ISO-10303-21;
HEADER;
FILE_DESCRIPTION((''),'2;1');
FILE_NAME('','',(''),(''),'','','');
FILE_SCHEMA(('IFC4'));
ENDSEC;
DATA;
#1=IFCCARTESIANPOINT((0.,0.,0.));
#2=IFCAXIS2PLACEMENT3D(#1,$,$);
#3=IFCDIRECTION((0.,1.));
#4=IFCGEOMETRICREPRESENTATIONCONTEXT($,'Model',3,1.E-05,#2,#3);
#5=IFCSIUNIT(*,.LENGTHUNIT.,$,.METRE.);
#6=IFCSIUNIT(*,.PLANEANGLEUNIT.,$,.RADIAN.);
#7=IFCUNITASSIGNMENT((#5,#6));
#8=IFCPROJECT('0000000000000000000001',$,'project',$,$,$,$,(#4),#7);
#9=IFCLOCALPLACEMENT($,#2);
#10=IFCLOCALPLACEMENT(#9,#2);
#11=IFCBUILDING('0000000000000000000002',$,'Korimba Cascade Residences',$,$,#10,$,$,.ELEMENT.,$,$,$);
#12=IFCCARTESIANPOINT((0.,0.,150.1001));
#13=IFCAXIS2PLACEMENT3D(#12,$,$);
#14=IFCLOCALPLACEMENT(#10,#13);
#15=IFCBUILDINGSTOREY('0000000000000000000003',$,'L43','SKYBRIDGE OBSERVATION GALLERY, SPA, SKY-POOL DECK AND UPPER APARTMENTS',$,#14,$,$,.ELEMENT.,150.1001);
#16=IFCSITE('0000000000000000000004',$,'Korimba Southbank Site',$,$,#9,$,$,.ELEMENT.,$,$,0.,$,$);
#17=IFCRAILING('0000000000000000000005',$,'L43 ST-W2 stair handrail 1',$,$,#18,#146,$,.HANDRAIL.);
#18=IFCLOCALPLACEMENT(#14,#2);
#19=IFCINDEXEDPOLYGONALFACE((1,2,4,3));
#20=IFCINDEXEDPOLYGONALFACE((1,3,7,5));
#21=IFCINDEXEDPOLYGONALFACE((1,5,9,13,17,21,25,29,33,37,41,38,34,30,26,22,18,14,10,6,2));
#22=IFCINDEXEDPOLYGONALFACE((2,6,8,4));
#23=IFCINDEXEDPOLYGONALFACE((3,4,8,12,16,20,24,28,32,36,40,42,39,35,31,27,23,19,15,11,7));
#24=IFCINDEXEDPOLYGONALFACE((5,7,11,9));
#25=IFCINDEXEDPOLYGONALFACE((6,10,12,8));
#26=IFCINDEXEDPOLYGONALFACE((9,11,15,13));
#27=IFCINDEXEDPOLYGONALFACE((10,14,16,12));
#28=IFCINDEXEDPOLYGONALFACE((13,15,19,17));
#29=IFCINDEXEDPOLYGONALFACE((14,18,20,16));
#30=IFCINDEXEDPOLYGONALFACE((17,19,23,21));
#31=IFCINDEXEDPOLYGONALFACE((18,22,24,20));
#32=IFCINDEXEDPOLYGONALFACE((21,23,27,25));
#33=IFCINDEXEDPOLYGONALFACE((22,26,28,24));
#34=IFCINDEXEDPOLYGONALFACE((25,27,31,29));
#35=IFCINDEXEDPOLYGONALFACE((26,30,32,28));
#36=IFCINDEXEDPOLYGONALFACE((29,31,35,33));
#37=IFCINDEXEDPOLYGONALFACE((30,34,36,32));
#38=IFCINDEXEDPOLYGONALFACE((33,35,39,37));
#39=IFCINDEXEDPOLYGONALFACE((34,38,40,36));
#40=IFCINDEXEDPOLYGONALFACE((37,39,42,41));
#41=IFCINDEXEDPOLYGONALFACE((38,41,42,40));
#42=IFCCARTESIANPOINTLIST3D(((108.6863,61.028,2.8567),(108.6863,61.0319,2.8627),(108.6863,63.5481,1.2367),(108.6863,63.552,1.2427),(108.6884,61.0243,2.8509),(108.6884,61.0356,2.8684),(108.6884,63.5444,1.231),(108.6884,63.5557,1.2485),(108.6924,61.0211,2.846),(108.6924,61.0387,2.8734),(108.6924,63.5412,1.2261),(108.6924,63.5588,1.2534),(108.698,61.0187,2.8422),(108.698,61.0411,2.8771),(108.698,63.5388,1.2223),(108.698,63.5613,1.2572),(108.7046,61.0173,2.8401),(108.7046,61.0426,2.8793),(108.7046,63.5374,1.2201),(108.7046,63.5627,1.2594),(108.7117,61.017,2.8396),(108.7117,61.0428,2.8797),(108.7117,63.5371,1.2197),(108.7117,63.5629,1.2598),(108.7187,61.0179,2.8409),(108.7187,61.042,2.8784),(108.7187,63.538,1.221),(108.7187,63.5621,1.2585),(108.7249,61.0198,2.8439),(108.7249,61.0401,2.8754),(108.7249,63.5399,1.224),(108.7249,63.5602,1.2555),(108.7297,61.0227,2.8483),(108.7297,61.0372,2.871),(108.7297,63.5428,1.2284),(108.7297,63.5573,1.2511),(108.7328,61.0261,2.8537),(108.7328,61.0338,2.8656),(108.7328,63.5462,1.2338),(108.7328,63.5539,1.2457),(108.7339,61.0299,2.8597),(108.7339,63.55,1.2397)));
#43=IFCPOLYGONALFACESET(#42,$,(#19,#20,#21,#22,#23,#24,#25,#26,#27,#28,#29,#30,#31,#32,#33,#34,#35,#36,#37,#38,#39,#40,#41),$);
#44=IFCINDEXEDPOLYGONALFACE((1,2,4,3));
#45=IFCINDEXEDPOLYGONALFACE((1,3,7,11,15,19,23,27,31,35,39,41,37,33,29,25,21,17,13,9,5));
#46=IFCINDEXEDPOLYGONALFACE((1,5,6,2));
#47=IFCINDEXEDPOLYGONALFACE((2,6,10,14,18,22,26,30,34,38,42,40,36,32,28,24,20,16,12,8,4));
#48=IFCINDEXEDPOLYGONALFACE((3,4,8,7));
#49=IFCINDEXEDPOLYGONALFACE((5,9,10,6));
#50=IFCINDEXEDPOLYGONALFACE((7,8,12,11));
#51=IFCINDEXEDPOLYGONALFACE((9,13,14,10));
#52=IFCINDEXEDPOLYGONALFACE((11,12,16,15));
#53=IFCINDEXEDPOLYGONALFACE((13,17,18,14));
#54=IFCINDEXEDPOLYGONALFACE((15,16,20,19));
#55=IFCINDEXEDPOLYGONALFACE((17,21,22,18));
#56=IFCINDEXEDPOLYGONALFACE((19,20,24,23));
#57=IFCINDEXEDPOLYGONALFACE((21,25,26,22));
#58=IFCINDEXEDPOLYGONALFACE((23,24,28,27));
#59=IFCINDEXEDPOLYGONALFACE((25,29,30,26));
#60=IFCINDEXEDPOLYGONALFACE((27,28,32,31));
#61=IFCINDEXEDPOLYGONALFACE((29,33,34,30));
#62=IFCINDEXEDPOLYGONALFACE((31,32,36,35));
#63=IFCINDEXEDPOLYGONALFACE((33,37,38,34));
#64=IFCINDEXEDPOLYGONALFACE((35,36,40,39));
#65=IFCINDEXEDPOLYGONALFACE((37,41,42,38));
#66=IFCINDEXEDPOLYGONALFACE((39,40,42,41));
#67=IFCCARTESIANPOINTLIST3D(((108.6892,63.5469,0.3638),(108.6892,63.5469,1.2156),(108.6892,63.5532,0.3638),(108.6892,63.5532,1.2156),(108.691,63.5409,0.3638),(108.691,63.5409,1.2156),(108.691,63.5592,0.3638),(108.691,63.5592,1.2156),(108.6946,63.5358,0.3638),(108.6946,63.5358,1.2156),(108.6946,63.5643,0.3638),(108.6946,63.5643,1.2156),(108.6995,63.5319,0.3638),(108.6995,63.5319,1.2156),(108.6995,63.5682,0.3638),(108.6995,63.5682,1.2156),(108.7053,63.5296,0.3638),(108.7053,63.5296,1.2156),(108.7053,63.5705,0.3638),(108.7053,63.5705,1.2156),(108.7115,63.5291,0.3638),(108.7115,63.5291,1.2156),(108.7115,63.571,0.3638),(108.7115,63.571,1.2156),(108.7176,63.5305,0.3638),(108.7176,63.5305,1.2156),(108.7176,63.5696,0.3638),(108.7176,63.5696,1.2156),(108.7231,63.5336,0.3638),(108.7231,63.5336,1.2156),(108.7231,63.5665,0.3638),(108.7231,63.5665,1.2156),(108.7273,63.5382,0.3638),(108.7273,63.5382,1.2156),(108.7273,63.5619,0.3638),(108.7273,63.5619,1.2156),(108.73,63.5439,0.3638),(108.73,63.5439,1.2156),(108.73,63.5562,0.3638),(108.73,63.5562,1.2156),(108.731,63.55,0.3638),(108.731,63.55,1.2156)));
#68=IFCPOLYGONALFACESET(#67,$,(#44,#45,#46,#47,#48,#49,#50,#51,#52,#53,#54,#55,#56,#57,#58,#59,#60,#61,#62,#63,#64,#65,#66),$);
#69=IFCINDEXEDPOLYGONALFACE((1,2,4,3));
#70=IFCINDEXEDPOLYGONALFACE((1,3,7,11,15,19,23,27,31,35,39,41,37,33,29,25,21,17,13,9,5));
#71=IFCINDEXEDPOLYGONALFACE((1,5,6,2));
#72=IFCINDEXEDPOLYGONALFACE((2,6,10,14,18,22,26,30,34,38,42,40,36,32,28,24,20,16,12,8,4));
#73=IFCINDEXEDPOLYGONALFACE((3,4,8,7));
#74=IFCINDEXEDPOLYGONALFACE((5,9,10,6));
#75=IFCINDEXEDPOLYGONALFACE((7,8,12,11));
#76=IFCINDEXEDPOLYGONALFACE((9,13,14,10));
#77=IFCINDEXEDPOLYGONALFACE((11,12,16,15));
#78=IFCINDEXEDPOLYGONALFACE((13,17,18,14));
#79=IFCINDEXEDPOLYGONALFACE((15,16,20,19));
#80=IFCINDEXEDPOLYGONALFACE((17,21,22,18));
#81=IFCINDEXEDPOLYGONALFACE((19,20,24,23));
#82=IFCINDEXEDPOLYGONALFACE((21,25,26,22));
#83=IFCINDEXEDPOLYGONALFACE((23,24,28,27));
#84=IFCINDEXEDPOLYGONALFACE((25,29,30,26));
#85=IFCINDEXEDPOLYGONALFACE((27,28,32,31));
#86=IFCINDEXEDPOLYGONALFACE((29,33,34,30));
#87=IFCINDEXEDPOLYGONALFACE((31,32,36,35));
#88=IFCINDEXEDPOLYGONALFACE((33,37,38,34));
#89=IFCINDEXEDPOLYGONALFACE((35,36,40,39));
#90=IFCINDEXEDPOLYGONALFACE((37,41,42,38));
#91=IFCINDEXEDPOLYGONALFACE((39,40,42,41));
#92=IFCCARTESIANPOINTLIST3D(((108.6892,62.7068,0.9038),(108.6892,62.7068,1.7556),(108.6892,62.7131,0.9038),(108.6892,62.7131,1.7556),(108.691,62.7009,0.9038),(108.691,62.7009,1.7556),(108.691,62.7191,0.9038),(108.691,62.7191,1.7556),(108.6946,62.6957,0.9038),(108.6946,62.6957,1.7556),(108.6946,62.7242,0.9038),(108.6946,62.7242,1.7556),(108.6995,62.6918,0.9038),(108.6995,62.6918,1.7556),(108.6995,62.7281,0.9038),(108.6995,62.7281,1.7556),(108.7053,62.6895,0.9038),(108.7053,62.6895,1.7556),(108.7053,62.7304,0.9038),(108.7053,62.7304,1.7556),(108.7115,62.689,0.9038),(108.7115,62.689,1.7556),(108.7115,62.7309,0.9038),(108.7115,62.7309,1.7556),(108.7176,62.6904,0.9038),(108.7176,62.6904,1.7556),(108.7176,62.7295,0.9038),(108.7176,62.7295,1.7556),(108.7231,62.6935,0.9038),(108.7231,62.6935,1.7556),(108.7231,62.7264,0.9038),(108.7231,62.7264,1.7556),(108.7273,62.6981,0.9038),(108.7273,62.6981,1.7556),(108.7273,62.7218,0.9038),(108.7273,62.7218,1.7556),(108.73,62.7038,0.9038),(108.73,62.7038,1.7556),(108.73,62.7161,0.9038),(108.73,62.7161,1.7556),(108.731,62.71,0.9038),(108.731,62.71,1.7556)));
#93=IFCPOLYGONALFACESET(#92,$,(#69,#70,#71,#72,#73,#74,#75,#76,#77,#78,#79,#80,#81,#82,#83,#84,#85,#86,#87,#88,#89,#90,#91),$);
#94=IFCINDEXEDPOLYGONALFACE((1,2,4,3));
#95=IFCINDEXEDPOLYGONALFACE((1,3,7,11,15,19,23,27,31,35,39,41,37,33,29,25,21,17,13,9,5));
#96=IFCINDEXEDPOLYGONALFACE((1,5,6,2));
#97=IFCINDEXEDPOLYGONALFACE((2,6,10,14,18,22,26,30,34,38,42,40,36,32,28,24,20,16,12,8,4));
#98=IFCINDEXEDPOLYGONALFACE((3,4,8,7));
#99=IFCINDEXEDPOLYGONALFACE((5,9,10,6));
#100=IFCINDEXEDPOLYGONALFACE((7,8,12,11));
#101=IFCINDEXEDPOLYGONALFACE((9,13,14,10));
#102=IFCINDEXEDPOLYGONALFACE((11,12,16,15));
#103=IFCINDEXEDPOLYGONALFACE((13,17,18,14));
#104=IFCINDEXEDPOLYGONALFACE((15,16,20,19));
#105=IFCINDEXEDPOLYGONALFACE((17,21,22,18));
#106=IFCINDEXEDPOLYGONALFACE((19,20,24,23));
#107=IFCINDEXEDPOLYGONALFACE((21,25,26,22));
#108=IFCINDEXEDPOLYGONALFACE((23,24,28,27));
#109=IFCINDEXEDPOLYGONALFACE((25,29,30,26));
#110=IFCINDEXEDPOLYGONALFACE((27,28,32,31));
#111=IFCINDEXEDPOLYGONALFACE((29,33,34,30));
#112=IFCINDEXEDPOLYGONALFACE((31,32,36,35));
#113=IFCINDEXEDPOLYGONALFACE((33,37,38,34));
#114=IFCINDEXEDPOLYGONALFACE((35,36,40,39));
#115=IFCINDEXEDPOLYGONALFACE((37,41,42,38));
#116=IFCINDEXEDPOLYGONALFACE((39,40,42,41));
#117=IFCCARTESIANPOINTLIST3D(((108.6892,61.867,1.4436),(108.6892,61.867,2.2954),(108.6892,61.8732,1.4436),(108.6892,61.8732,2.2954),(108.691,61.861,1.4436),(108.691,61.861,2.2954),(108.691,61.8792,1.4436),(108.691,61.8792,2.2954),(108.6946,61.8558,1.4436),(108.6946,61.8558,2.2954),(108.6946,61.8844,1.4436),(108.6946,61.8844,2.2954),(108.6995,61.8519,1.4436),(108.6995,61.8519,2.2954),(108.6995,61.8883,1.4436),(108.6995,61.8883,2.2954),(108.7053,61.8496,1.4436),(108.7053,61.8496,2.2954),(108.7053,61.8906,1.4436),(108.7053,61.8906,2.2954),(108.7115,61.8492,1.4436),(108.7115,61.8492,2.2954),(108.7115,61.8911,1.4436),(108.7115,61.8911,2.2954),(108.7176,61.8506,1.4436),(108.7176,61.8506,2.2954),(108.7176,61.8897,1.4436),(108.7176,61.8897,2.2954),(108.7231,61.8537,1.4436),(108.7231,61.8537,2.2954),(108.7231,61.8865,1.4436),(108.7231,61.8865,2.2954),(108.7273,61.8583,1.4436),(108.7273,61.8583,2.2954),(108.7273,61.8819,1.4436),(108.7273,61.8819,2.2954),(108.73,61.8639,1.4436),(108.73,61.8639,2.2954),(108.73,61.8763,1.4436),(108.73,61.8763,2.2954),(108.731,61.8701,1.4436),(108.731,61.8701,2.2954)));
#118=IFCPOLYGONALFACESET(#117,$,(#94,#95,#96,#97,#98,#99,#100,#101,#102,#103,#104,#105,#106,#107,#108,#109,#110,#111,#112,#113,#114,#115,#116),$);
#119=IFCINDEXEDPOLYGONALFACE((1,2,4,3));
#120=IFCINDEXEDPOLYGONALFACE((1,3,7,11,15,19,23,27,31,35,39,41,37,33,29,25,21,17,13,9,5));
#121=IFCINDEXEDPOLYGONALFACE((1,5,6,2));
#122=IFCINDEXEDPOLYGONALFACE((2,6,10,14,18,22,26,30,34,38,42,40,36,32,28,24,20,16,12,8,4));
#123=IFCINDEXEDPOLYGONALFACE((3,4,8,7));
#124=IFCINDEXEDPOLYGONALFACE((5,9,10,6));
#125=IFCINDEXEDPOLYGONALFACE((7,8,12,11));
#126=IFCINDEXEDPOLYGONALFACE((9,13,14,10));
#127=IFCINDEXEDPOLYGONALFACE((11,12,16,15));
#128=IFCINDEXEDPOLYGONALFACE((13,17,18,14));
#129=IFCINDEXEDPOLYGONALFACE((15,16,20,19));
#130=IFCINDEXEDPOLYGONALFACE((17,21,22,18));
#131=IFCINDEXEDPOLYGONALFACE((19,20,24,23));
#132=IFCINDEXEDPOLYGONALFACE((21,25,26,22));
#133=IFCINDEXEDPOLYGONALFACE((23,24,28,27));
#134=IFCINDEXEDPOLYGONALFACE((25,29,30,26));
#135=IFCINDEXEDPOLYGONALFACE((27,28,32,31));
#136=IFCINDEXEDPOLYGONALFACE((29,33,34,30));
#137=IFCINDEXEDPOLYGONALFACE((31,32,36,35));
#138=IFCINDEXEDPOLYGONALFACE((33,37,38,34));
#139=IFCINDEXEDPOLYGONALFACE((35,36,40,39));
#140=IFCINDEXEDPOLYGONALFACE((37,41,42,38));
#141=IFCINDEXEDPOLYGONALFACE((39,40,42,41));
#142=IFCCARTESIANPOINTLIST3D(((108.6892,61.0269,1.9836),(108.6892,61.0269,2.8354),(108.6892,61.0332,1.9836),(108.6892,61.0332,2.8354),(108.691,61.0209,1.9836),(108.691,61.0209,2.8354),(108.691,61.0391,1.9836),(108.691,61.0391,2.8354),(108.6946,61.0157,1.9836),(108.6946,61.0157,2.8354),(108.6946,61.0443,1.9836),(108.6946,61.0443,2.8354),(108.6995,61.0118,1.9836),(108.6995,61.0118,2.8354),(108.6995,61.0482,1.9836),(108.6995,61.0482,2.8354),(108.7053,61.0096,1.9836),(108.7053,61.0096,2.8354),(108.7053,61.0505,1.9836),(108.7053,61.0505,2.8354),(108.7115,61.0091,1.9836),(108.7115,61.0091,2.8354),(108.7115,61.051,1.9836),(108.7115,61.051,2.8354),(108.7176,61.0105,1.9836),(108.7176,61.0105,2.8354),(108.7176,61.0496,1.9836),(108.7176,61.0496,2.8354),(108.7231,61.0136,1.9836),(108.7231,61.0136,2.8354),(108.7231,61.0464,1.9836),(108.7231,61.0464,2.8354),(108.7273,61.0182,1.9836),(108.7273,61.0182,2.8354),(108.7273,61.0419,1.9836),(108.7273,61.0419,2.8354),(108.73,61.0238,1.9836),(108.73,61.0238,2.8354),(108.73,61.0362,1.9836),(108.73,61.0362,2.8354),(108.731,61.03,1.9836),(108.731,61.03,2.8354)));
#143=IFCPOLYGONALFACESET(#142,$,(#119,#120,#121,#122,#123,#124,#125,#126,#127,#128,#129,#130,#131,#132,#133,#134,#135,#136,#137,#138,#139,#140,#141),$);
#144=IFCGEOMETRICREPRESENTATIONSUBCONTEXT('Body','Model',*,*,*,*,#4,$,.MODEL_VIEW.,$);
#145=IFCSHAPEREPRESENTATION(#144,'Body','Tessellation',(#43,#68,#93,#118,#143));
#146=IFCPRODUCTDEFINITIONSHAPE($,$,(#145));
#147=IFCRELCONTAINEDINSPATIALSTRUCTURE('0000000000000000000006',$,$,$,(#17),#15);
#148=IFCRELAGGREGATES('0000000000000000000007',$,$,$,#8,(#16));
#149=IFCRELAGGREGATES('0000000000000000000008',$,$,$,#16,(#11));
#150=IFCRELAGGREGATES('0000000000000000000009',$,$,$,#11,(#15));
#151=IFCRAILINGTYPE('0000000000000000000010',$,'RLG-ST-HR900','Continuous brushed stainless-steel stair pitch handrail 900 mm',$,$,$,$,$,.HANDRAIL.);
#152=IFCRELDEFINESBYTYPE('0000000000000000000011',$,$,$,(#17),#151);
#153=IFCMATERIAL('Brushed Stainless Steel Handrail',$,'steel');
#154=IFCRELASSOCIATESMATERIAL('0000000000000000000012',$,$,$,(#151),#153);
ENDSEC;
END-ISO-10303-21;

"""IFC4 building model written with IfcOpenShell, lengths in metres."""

from ifc_helpers import new_model, si_unit, direction, frame, origin, origin_2d, place, context, subcontext, project, spatial, circle, extrude, material, type_object, element, save


model = new_model("IFC4")

# Units and contexts
model_context = context("Model", 3, precision=1e-05, world=origin(), true_north=direction((0.0, 1.0)))
body_context = subcontext(model_context, "Body", "Model", "MODEL_VIEW")
ifc_project = project(units=[si_unit("LENGTHUNIT", "METRE"), si_unit("PLANEANGLEUNIT", "RADIAN")], contexts=[model_context])

# Site, building, storey
site_placement = place(None, origin())
site = spatial("IfcSite", under=ifc_project, at=site_placement, Name="Korimba Southbank Site", CompositionType="ELEMENT", RefElevation=0.0)
building_placement = place(site_placement, origin())
building = spatial("IfcBuilding", under=site, at=building_placement, Name="Korimba Cascade Residences", CompositionType="ELEMENT")
storey_placement = place(building_placement, frame((0.0, 0.0, 150.1001)))
storey = spatial("IfcBuildingStorey", under=building, at=storey_placement, Name="L43", Description="SKYBRIDGE OBSERVATION GALLERY, SPA, SKY-POOL DECK AND UPPER APARTMENTS", CompositionType="ELEMENT", Elevation=150.1001)

# Railing
ifc_material_1 = material(Name="Brushed Stainless Steel Handrail", Category="steel")
railing_type_1 = type_object("IfcRailingType", Name="RLG-ST-HR900", Description="Continuous brushed stainless-steel stair pitch handrail 900 mm", PredefinedType="HANDRAIL", material=ifc_material_1)
railing_1_placement = place(storey_placement, frame((108.71, 63.55, 0.3638)))
element("IfcRailing", 1, at=railing_1_placement, inside=storey, type_object=railing_type_1, Name="L43 ST-W2 stair handrail 1", PredefinedType="HANDRAIL", context=body_context, shape_type="SweptSolid", body=[
    extrude(circle(Radius=0.0239, at=origin_2d()), frame((0.0, 0.0, 0.876), z_axis=(0.0, -0.8412, 0.540725), x_axis=(1.0, 0.0, 0.0)), (0.0, 0.0, 1.0), 2.9958),
    extrude(circle(Radius=0.021, at=origin_2d()), origin(), (0.0, 0.0, 1.0), 0.8518),
    extrude(circle(Radius=0.021, at=origin_2d()), frame((0.0, -0.8401, 0.54)), (0.0, 0.0, 1.0), 0.8518),
    extrude(circle(Radius=0.021, at=origin_2d()), frame((0.0, -1.6799, 1.0798)), (0.0, 0.0, 1.0), 0.8518),
    extrude(circle(Radius=0.021, at=origin_2d()), frame((0.0, -2.52, 1.6199)), (0.0, 0.0, 1.0), 0.8518),
])

save(model, "model.ifc")
